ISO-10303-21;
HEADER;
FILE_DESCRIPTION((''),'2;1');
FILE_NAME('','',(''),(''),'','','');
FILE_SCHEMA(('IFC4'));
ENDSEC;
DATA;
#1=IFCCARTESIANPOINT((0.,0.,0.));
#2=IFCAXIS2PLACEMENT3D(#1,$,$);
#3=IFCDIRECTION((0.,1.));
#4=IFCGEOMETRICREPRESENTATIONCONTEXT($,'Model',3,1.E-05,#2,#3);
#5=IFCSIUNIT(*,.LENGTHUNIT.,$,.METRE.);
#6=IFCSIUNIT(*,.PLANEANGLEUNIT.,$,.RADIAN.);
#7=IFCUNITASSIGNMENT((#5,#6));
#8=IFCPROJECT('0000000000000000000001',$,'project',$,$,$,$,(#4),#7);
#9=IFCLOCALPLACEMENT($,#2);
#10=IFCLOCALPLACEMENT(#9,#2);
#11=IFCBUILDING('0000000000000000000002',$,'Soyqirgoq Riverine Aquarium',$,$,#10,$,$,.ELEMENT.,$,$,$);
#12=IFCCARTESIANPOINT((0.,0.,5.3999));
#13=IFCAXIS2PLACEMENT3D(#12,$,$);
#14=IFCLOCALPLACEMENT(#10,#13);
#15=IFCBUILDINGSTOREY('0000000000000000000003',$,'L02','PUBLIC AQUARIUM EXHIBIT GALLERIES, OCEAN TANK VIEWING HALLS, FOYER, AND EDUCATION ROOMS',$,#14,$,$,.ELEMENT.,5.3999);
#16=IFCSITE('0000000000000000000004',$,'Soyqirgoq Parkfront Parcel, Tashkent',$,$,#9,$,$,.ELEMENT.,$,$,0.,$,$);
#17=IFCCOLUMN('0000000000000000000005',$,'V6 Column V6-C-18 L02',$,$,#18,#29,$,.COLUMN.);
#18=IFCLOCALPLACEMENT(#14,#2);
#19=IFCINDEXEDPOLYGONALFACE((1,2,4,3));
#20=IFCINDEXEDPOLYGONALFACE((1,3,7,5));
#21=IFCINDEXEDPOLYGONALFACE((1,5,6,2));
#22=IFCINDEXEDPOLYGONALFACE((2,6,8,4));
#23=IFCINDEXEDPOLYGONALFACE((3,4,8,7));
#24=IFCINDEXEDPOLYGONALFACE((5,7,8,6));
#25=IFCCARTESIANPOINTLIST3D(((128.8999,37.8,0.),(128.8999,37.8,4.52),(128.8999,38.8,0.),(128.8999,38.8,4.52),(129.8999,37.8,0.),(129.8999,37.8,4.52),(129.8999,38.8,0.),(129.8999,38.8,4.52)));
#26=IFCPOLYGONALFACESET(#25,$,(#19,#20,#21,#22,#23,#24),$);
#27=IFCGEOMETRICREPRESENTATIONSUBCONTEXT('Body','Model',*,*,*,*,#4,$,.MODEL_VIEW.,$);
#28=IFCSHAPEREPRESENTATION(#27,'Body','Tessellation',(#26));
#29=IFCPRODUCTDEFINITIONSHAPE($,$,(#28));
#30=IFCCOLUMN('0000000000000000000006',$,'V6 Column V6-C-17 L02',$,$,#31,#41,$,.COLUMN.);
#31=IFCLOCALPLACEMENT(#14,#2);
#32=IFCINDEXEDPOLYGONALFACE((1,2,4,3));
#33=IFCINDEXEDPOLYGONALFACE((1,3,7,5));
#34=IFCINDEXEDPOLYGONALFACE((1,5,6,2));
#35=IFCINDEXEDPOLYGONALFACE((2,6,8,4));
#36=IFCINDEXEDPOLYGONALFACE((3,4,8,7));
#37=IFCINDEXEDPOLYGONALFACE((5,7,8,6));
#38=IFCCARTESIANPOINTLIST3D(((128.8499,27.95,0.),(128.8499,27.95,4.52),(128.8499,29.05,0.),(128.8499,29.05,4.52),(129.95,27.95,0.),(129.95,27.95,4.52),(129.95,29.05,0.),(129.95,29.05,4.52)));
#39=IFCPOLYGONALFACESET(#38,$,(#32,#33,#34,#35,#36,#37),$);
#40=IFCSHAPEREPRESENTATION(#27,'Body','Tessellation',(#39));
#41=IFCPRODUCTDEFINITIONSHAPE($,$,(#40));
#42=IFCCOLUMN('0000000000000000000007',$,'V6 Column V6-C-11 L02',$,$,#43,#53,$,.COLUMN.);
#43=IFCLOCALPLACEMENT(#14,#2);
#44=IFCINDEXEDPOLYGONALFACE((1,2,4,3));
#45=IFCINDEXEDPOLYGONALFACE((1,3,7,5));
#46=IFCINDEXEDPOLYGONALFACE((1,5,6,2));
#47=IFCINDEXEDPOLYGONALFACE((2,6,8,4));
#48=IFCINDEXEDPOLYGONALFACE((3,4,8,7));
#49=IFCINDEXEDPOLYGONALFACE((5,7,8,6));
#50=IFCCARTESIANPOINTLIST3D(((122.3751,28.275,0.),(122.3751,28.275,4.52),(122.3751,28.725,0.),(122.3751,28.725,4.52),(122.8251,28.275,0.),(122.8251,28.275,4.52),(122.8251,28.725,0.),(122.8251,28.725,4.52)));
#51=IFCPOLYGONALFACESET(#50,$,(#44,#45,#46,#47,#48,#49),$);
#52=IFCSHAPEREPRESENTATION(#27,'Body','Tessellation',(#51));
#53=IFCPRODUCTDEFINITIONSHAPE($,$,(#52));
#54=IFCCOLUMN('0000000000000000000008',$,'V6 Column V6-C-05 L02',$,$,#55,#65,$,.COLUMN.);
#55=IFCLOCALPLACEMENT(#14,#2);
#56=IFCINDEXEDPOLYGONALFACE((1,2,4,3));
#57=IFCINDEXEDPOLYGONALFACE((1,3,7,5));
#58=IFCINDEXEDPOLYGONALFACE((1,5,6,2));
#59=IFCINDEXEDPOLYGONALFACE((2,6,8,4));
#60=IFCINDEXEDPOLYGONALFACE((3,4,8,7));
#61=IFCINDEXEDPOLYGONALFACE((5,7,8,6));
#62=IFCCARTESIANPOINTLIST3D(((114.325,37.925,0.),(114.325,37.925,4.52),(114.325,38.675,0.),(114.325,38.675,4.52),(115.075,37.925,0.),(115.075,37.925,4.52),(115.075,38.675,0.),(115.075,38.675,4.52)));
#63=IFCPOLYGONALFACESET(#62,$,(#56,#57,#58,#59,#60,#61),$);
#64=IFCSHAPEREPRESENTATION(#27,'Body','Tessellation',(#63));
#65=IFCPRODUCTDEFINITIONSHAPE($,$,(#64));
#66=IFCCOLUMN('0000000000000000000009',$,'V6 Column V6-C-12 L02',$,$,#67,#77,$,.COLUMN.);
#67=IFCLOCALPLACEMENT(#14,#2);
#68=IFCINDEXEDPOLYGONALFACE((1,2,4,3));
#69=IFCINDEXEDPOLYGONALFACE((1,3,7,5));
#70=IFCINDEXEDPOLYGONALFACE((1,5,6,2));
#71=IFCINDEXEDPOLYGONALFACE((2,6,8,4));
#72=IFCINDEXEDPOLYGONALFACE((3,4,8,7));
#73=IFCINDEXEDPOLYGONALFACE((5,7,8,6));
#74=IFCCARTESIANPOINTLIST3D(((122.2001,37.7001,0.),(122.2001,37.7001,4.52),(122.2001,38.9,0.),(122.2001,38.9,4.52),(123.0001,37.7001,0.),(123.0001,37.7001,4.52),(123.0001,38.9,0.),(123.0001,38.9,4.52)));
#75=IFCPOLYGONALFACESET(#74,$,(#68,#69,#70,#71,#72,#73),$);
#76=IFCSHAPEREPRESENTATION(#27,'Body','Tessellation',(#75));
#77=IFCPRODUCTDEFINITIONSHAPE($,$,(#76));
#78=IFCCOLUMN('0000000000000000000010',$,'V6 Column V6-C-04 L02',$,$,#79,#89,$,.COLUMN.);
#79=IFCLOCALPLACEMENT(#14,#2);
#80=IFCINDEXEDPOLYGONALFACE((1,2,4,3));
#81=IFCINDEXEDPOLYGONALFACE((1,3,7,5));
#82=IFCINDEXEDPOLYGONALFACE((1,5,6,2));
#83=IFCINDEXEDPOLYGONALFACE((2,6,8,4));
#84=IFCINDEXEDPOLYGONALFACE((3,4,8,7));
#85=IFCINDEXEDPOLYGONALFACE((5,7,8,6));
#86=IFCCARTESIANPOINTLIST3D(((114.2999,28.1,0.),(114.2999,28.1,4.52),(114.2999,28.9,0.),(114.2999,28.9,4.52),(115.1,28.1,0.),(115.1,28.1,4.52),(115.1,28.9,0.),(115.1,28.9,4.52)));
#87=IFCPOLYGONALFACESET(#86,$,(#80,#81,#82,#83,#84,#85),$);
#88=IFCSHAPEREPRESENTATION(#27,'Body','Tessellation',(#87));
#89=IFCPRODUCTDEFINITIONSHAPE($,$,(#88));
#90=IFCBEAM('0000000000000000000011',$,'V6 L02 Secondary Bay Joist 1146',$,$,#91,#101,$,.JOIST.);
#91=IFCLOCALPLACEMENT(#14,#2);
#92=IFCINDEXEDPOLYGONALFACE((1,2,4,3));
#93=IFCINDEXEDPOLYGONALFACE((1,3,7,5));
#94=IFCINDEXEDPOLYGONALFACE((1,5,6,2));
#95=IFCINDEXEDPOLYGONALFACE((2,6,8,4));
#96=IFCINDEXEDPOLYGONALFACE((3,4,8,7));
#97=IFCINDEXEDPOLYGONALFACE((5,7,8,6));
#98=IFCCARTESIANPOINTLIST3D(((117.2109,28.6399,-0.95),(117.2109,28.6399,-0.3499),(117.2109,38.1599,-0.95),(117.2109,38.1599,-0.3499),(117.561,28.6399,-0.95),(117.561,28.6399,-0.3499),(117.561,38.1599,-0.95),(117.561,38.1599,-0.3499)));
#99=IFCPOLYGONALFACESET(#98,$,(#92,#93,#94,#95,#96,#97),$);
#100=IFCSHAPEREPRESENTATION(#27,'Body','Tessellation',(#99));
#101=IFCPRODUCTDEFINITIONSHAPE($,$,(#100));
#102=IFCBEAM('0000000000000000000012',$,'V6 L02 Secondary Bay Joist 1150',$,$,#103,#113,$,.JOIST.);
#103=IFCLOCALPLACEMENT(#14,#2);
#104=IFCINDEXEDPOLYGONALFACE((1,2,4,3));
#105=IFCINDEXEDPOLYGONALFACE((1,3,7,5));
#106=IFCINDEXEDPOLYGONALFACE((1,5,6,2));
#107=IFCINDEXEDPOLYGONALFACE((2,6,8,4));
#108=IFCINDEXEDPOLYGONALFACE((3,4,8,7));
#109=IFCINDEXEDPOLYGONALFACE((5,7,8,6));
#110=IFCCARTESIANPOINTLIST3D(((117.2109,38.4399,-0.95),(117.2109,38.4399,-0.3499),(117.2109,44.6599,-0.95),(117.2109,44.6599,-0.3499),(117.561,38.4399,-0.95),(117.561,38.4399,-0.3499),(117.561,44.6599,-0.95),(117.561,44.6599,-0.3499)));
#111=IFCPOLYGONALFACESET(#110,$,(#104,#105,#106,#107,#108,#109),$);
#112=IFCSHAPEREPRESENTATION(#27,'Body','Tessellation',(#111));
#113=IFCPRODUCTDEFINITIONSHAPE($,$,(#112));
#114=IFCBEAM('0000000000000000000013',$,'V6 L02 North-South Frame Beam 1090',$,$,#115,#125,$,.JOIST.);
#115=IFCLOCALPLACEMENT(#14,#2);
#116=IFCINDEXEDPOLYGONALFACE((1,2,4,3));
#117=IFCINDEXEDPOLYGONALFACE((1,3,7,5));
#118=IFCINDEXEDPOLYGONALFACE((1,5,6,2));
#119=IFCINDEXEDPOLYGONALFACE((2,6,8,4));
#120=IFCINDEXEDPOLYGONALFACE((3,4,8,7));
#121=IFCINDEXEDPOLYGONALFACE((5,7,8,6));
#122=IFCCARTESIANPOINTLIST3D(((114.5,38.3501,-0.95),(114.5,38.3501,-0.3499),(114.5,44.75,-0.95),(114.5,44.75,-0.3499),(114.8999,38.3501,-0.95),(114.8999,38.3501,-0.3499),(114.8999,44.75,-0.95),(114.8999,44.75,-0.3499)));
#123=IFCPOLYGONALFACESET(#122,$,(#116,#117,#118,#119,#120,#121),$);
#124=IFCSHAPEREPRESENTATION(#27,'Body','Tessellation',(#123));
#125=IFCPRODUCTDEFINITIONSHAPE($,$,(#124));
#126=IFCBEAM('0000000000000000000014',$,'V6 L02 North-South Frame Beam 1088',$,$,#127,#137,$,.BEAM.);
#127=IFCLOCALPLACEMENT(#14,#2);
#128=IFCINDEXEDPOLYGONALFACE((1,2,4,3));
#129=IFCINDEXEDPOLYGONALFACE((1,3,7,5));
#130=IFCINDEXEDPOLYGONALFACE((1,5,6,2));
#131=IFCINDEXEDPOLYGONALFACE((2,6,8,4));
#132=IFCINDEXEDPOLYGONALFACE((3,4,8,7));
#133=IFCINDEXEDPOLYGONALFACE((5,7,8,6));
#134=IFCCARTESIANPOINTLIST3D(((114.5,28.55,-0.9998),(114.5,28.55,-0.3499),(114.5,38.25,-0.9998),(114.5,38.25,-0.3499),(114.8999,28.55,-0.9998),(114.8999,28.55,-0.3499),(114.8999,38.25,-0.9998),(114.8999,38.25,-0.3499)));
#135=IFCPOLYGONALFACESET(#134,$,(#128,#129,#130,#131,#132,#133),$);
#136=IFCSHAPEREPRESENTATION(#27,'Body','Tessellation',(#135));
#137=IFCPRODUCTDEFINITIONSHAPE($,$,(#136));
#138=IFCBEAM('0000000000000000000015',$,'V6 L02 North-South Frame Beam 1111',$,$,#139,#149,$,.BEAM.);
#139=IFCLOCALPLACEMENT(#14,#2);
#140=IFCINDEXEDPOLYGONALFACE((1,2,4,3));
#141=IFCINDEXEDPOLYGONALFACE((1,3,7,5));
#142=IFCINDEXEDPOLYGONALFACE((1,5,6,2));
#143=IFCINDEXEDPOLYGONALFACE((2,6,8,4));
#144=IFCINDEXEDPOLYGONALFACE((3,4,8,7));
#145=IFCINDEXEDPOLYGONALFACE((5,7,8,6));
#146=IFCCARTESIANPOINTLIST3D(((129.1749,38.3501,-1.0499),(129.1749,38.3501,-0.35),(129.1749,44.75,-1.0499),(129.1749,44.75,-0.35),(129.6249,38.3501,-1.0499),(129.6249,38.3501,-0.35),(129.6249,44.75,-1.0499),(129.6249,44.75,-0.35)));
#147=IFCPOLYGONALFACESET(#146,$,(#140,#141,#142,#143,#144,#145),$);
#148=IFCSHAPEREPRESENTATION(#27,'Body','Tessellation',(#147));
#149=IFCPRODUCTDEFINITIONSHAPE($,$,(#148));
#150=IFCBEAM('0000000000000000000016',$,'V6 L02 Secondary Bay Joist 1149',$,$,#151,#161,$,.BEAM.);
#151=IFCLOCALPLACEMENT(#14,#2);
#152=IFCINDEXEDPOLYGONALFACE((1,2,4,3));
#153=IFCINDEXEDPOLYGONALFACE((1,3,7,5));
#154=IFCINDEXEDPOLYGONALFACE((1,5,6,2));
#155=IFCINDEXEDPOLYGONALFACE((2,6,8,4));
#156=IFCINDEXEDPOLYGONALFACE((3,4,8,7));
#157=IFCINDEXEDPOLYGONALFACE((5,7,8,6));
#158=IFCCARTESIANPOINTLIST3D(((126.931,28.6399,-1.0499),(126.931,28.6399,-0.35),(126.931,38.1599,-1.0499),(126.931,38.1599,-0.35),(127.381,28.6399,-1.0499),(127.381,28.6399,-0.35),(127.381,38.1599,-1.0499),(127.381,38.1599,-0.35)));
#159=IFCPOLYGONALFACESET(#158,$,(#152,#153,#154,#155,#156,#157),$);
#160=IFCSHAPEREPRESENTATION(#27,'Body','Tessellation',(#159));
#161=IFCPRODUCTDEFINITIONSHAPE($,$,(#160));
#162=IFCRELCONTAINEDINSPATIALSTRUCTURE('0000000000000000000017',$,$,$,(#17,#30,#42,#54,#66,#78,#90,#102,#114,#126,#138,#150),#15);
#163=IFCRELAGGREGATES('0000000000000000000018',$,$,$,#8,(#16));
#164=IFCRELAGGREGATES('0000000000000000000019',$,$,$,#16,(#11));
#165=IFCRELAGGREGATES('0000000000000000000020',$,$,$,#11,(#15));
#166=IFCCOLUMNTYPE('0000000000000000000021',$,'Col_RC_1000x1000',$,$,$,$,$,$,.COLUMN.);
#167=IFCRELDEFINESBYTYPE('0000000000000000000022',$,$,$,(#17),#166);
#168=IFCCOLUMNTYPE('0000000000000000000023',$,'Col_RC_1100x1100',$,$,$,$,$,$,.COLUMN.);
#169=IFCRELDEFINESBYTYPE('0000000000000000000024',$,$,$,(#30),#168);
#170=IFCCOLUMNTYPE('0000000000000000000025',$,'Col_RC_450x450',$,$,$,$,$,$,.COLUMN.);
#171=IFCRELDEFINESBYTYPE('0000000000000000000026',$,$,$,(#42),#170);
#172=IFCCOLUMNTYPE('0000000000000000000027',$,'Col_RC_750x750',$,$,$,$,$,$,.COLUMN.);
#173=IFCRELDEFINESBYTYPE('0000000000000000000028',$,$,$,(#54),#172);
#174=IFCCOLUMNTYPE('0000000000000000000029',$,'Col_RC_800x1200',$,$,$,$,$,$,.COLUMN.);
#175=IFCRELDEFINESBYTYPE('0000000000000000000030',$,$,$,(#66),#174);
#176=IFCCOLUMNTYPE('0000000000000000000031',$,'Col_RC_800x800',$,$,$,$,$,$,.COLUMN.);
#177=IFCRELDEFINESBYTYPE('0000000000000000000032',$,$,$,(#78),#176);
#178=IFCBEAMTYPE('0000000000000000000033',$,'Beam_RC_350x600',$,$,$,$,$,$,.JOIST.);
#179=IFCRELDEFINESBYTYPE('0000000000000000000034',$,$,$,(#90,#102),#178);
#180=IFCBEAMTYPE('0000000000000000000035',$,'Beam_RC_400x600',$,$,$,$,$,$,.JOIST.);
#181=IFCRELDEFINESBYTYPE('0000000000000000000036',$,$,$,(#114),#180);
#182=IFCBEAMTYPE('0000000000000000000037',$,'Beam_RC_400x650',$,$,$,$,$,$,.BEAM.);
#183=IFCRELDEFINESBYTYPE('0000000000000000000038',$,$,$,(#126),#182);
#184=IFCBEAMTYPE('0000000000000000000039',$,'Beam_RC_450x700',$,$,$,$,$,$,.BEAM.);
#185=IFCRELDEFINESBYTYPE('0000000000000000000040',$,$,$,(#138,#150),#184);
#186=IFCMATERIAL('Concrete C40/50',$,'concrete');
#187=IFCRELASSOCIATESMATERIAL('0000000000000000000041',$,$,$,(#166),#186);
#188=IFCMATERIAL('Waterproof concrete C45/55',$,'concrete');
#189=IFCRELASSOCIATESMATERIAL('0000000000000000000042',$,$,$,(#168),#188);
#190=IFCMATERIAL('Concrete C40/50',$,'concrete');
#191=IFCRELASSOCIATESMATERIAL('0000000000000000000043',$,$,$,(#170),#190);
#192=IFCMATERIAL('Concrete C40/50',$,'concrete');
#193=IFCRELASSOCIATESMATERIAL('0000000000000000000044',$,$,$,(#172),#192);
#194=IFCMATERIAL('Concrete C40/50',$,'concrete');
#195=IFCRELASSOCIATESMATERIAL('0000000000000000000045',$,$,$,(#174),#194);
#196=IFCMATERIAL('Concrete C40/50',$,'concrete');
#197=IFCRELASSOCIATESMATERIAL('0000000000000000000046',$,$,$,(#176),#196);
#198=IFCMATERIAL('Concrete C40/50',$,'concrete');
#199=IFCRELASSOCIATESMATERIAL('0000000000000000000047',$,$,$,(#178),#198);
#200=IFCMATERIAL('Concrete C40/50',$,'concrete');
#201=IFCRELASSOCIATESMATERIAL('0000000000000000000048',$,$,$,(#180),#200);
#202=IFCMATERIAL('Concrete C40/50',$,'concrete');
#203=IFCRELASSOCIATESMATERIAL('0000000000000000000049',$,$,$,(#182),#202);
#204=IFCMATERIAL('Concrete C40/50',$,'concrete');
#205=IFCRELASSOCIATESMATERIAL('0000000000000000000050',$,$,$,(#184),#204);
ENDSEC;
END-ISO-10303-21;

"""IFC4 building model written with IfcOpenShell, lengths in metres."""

from ifc_helpers import new_model, si_unit, direction, frame, origin, origin_2d, place, context, subcontext, project, spatial, rectangle, extrude, material, material_profile, profile_set, type_object, element, save


model = new_model("IFC4")

# Units and contexts
model_context = context("Model", 3, precision=1e-05, world=origin(), true_north=direction((0.0, 1.0)))
body_context = subcontext(model_context, "Body", "Model", "MODEL_VIEW")
ifc_project = project(units=[si_unit("LENGTHUNIT", "METRE"), si_unit("PLANEANGLEUNIT", "RADIAN")], contexts=[model_context])

# Site, building, storey
site_placement = place(None, origin())
site = spatial("IfcSite", under=ifc_project, at=site_placement, Name="Soyqirgoq Parkfront Parcel, Tashkent", CompositionType="ELEMENT", RefElevation=0.0)
building_placement = place(site_placement, origin())
building = spatial("IfcBuilding", under=site, at=building_placement, Name="Soyqirgoq Riverine Aquarium", CompositionType="ELEMENT")
storey_placement = place(building_placement, frame((0.0, 0.0, 5.3999)))
storey = spatial("IfcBuildingStorey", under=building, at=storey_placement, Name="L02", Description="PUBLIC AQUARIUM EXHIBIT GALLERIES, OCEAN TANK VIEWING HALLS, FOYER, AND EDUCATION ROOMS", CompositionType="ELEMENT", Elevation=5.3999)

# Columns
ifc_material_1 = material(Name="Concrete C40/50", Category="concrete")
ifc_material_profile_1 = material_profile(ifc_material_1, rectangle(XDim=1.0, YDim=1.0, at=origin_2d()), Name="RC 1000x1000")
ifc_profile_set_1 = profile_set([ifc_material_profile_1], Name="Concrete C40/50")
column_type_1 = type_object("IfcColumnType", Name="Col_RC_1000x1000", PredefinedType="COLUMN", material=ifc_profile_set_1)
column_1_placement = place(storey_placement, frame((129.3999, 38.3, 0.0), z_axis=(0.0, 0.0, 1.0), x_axis=(1.0, 0.0, 0.0)))
element("IfcColumn", 1, at=column_1_placement, inside=storey, type_object=column_type_1, Name="V6 Column V6-C-18 L02", PredefinedType="COLUMN", context=body_context, shape_type="SweptSolid", body=[
    extrude(rectangle(XDim=1.0, YDim=1.0, at=origin_2d()), origin(), (0.0, 0.0, 1.0), 4.52),
])
ifc_material_2 = material(Name="Waterproof concrete C45/55", Category="concrete")
ifc_material_profile_2 = material_profile(ifc_material_2, rectangle(XDim=1.1001, YDim=1.1001, at=origin_2d()), Name="RC 1100x1100")
ifc_profile_set_2 = profile_set([ifc_material_profile_2], Name="Waterproof concrete C45/55")
column_type_2 = type_object("IfcColumnType", Name="Col_RC_1100x1100", PredefinedType="COLUMN", material=ifc_profile_set_2)
column_2_placement = place(storey_placement, frame((129.3999, 28.5, 0.0), z_axis=(0.0, 0.0, 1.0), x_axis=(1.0, 0.0, 0.0)))
element("IfcColumn", 2, at=column_2_placement, inside=storey, type_object=column_type_2, Name="V6 Column V6-C-17 L02", PredefinedType="COLUMN", context=body_context, shape_type="SweptSolid", body=[
    extrude(rectangle(XDim=1.1001, YDim=1.1001, at=origin_2d()), origin(), (0.0, 0.0, 1.0), 4.52),
])
ifc_material_3 = material(Name="Concrete C40/50", Category="concrete")
ifc_material_profile_3 = material_profile(ifc_material_3, rectangle(XDim=0.45, YDim=0.45, at=origin_2d()), Name="RC 450x450")
ifc_profile_set_3 = profile_set([ifc_material_profile_3], Name="Concrete C40/50")
column_type_3 = type_object("IfcColumnType", Name="Col_RC_450x450", PredefinedType="COLUMN", material=ifc_profile_set_3)
column_3_placement = place(storey_placement, frame((122.6001, 28.5, 0.0), z_axis=(0.0, 0.0, 1.0), x_axis=(1.0, 0.0, 0.0)))
element("IfcColumn", 3, at=column_3_placement, inside=storey, type_object=column_type_3, Name="V6 Column V6-C-11 L02", PredefinedType="COLUMN", context=body_context, shape_type="SweptSolid", body=[
    extrude(rectangle(XDim=0.45, YDim=0.45, at=origin_2d()), origin(), (0.0, 0.0, 1.0), 4.52),
])
ifc_material_4 = material(Name="Concrete C40/50", Category="concrete")
ifc_material_profile_4 = material_profile(ifc_material_4, rectangle(XDim=0.75, YDim=0.75, at=origin_2d()), Name="RC 750x750")
ifc_profile_set_4 = profile_set([ifc_material_profile_4], Name="Concrete C40/50")
column_type_4 = type_object("IfcColumnType", Name="Col_RC_750x750", PredefinedType="COLUMN", material=ifc_profile_set_4)
column_4_placement = place(storey_placement, frame((114.7, 38.3, 0.0), z_axis=(0.0, 0.0, 1.0), x_axis=(1.0, 0.0, 0.0)))
element("IfcColumn", 4, at=column_4_placement, inside=storey, type_object=column_type_4, Name="V6 Column V6-C-05 L02", PredefinedType="COLUMN", context=body_context, shape_type="SweptSolid", body=[
    extrude(rectangle(XDim=0.75, YDim=0.75, at=origin_2d()), origin(), (0.0, 0.0, 1.0), 4.52),
])
ifc_material_5 = material(Name="Concrete C40/50", Category="concrete")
ifc_material_profile_5 = material_profile(ifc_material_5, rectangle(XDim=0.8, YDim=1.2, at=origin_2d()), Name="RC-COL 800x1200")
ifc_profile_set_5 = profile_set([ifc_material_profile_5], Name="Concrete C40/50")
column_type_5 = type_object("IfcColumnType", Name="Col_RC_800x1200", PredefinedType="COLUMN", material=ifc_profile_set_5)
column_5_placement = place(storey_placement, frame((122.6001, 38.3, 0.0), z_axis=(0.0, 0.0, 1.0), x_axis=(1.0, 0.0, 0.0)))
element("IfcColumn", 5, at=column_5_placement, inside=storey, type_object=column_type_5, Name="V6 Column V6-C-12 L02", PredefinedType="COLUMN", context=body_context, shape_type="SweptSolid", body=[
    extrude(rectangle(XDim=0.8, YDim=1.2, at=origin_2d()), origin(), (0.0, 0.0, 1.0), 4.52),
])
ifc_material_6 = material(Name="Concrete C40/50", Category="concrete")
ifc_material_profile_6 = material_profile(ifc_material_6, rectangle(XDim=0.8, YDim=0.8, at=origin_2d()), Name="RC 800x800")
ifc_profile_set_6 = profile_set([ifc_material_profile_6], Name="Concrete C40/50")
column_type_6 = type_object("IfcColumnType", Name="Col_RC_800x800", PredefinedType="COLUMN", material=ifc_profile_set_6)
column_6_placement = place(storey_placement, frame((114.7, 28.5, 0.0), z_axis=(0.0, 0.0, 1.0), x_axis=(1.0, 0.0, 0.0)))
element("IfcColumn", 6, at=column_6_placement, inside=storey, type_object=column_type_6, Name="V6 Column V6-C-04 L02", PredefinedType="COLUMN", context=body_context, shape_type="SweptSolid", body=[
    extrude(rectangle(XDim=0.8, YDim=0.8, at=origin_2d()), origin(), (0.0, 0.0, 1.0), 4.52),
])

# Beams
ifc_material_7 = material(Name="Concrete C40/50", Category="concrete")
ifc_material_profile_7 = material_profile(ifc_material_7, rectangle(XDim=0.3501, YDim=0.6001, at=origin_2d()), Name="RC 350x600")
ifc_profile_set_7 = profile_set([ifc_material_profile_7], Name="Concrete C40/50")
beam_type_1 = type_object("IfcBeamType", Name="Beam_RC_350x600", PredefinedType="JOIST", material=ifc_profile_set_7)
beam_1_placement = place(storey_placement, frame((117.386, 28.6399, -0.6499), z_axis=(0.0, 1.0, 0.0), x_axis=(-1.0, 0.0, 0.0)))
element("IfcBeam", 7, at=beam_1_placement, inside=storey, type_object=beam_type_1, Name="V6 L02 Secondary Bay Joist 1146", PredefinedType="JOIST", context=body_context, shape_type="SweptSolid", body=[
    extrude(rectangle(XDim=0.3501, YDim=0.6001, at=origin_2d()), origin(), (0.0, 0.0, 1.0), 9.52),
])
beam_2_placement = place(storey_placement, frame((117.386, 38.4399, -0.6499), z_axis=(0.0, 1.0, 0.0), x_axis=(-1.0, 0.0, 0.0)))
element("IfcBeam", 8, at=beam_2_placement, inside=storey, type_object=beam_type_1, Name="V6 L02 Secondary Bay Joist 1150", PredefinedType="JOIST", context=body_context, shape_type="SweptSolid", body=[
    extrude(rectangle(XDim=0.3501, YDim=0.6001, at=origin_2d()), origin(), (0.0, 0.0, 1.0), 6.22),
])
ifc_material_8 = material(Name="Concrete C40/50", Category="concrete")
ifc_material_profile_8 = material_profile(ifc_material_8, rectangle(XDim=0.3999, YDim=0.6001, at=origin_2d()), Name="RC 400x600")
ifc_profile_set_8 = profile_set([ifc_material_profile_8], Name="Concrete C40/50")
beam_type_2 = type_object("IfcBeamType", Name="Beam_RC_400x600", PredefinedType="JOIST", material=ifc_profile_set_8)
beam_3_placement = place(storey_placement, frame((114.7, 38.3501, -0.6499), z_axis=(0.0, 1.0, 0.0), x_axis=(-1.0, 0.0, 0.0)))
element("IfcBeam", 9, at=beam_3_placement, inside=storey, type_object=beam_type_2, Name="V6 L02 North-South Frame Beam 1090", PredefinedType="JOIST", context=body_context, shape_type="SweptSolid", body=[
    extrude(rectangle(XDim=0.3999, YDim=0.6001, at=origin_2d()), origin(), (0.0, 0.0, 1.0), 6.3999),
])
ifc_material_9 = material(Name="Concrete C40/50", Category="concrete")
ifc_material_profile_9 = material_profile(ifc_material_9, rectangle(XDim=0.3999, YDim=0.6499, at=origin_2d()), Name="RC 400x650")
ifc_profile_set_9 = profile_set([ifc_material_profile_9], Name="Concrete C40/50")
beam_type_3 = type_object("IfcBeamType", Name="Beam_RC_400x650", PredefinedType="BEAM", material=ifc_profile_set_9)
beam_4_placement = place(storey_placement, frame((114.7, 28.55, -0.6748), z_axis=(0.0, 1.0, 0.0), x_axis=(-1.0, 0.0, 0.0)))
element("IfcBeam", 10, at=beam_4_placement, inside=storey, type_object=beam_type_3, Name="V6 L02 North-South Frame Beam 1088", PredefinedType="BEAM", context=body_context, shape_type="SweptSolid", body=[
    extrude(rectangle(XDim=0.3999, YDim=0.6499, at=origin_2d()), origin(), (0.0, 0.0, 1.0), 9.7),
])
ifc_material_10 = material(Name="Concrete C40/50", Category="concrete")
ifc_material_profile_10 = material_profile(ifc_material_10, rectangle(XDim=0.45, YDim=0.7, at=origin_2d()), Name="RC 450x700")
ifc_profile_set_10 = profile_set([ifc_material_profile_10], Name="Concrete C40/50")
beam_type_4 = type_object("IfcBeamType", Name="Beam_RC_450x700", PredefinedType="BEAM", material=ifc_profile_set_10)
beam_5_placement = place(storey_placement, frame((129.3999, 38.3501, -0.7), z_axis=(0.0, 1.0, 0.0), x_axis=(-1.0, 0.0, 0.0)))
element("IfcBeam", 11, at=beam_5_placement, inside=storey, type_object=beam_type_4, Name="V6 L02 North-South Frame Beam 1111", PredefinedType="BEAM", context=body_context, shape_type="SweptSolid", body=[
    extrude(rectangle(XDim=0.45, YDim=0.7, at=origin_2d()), origin(), (0.0, 0.0, 1.0), 6.3999),
])
beam_6_placement = place(storey_placement, frame((127.156, 28.6399, -0.7), z_axis=(0.0, 1.0, 0.0), x_axis=(-1.0, 0.0, 0.0)))
element("IfcBeam", 12, at=beam_6_placement, inside=storey, type_object=beam_type_4, Name="V6 L02 Secondary Bay Joist 1149", PredefinedType="BEAM", context=body_context, shape_type="SweptSolid", body=[
    extrude(rectangle(XDim=0.45, YDim=0.7, at=origin_2d()), origin(), (0.0, 0.0, 1.0), 9.52),
])

save(model, "model.ifc")
